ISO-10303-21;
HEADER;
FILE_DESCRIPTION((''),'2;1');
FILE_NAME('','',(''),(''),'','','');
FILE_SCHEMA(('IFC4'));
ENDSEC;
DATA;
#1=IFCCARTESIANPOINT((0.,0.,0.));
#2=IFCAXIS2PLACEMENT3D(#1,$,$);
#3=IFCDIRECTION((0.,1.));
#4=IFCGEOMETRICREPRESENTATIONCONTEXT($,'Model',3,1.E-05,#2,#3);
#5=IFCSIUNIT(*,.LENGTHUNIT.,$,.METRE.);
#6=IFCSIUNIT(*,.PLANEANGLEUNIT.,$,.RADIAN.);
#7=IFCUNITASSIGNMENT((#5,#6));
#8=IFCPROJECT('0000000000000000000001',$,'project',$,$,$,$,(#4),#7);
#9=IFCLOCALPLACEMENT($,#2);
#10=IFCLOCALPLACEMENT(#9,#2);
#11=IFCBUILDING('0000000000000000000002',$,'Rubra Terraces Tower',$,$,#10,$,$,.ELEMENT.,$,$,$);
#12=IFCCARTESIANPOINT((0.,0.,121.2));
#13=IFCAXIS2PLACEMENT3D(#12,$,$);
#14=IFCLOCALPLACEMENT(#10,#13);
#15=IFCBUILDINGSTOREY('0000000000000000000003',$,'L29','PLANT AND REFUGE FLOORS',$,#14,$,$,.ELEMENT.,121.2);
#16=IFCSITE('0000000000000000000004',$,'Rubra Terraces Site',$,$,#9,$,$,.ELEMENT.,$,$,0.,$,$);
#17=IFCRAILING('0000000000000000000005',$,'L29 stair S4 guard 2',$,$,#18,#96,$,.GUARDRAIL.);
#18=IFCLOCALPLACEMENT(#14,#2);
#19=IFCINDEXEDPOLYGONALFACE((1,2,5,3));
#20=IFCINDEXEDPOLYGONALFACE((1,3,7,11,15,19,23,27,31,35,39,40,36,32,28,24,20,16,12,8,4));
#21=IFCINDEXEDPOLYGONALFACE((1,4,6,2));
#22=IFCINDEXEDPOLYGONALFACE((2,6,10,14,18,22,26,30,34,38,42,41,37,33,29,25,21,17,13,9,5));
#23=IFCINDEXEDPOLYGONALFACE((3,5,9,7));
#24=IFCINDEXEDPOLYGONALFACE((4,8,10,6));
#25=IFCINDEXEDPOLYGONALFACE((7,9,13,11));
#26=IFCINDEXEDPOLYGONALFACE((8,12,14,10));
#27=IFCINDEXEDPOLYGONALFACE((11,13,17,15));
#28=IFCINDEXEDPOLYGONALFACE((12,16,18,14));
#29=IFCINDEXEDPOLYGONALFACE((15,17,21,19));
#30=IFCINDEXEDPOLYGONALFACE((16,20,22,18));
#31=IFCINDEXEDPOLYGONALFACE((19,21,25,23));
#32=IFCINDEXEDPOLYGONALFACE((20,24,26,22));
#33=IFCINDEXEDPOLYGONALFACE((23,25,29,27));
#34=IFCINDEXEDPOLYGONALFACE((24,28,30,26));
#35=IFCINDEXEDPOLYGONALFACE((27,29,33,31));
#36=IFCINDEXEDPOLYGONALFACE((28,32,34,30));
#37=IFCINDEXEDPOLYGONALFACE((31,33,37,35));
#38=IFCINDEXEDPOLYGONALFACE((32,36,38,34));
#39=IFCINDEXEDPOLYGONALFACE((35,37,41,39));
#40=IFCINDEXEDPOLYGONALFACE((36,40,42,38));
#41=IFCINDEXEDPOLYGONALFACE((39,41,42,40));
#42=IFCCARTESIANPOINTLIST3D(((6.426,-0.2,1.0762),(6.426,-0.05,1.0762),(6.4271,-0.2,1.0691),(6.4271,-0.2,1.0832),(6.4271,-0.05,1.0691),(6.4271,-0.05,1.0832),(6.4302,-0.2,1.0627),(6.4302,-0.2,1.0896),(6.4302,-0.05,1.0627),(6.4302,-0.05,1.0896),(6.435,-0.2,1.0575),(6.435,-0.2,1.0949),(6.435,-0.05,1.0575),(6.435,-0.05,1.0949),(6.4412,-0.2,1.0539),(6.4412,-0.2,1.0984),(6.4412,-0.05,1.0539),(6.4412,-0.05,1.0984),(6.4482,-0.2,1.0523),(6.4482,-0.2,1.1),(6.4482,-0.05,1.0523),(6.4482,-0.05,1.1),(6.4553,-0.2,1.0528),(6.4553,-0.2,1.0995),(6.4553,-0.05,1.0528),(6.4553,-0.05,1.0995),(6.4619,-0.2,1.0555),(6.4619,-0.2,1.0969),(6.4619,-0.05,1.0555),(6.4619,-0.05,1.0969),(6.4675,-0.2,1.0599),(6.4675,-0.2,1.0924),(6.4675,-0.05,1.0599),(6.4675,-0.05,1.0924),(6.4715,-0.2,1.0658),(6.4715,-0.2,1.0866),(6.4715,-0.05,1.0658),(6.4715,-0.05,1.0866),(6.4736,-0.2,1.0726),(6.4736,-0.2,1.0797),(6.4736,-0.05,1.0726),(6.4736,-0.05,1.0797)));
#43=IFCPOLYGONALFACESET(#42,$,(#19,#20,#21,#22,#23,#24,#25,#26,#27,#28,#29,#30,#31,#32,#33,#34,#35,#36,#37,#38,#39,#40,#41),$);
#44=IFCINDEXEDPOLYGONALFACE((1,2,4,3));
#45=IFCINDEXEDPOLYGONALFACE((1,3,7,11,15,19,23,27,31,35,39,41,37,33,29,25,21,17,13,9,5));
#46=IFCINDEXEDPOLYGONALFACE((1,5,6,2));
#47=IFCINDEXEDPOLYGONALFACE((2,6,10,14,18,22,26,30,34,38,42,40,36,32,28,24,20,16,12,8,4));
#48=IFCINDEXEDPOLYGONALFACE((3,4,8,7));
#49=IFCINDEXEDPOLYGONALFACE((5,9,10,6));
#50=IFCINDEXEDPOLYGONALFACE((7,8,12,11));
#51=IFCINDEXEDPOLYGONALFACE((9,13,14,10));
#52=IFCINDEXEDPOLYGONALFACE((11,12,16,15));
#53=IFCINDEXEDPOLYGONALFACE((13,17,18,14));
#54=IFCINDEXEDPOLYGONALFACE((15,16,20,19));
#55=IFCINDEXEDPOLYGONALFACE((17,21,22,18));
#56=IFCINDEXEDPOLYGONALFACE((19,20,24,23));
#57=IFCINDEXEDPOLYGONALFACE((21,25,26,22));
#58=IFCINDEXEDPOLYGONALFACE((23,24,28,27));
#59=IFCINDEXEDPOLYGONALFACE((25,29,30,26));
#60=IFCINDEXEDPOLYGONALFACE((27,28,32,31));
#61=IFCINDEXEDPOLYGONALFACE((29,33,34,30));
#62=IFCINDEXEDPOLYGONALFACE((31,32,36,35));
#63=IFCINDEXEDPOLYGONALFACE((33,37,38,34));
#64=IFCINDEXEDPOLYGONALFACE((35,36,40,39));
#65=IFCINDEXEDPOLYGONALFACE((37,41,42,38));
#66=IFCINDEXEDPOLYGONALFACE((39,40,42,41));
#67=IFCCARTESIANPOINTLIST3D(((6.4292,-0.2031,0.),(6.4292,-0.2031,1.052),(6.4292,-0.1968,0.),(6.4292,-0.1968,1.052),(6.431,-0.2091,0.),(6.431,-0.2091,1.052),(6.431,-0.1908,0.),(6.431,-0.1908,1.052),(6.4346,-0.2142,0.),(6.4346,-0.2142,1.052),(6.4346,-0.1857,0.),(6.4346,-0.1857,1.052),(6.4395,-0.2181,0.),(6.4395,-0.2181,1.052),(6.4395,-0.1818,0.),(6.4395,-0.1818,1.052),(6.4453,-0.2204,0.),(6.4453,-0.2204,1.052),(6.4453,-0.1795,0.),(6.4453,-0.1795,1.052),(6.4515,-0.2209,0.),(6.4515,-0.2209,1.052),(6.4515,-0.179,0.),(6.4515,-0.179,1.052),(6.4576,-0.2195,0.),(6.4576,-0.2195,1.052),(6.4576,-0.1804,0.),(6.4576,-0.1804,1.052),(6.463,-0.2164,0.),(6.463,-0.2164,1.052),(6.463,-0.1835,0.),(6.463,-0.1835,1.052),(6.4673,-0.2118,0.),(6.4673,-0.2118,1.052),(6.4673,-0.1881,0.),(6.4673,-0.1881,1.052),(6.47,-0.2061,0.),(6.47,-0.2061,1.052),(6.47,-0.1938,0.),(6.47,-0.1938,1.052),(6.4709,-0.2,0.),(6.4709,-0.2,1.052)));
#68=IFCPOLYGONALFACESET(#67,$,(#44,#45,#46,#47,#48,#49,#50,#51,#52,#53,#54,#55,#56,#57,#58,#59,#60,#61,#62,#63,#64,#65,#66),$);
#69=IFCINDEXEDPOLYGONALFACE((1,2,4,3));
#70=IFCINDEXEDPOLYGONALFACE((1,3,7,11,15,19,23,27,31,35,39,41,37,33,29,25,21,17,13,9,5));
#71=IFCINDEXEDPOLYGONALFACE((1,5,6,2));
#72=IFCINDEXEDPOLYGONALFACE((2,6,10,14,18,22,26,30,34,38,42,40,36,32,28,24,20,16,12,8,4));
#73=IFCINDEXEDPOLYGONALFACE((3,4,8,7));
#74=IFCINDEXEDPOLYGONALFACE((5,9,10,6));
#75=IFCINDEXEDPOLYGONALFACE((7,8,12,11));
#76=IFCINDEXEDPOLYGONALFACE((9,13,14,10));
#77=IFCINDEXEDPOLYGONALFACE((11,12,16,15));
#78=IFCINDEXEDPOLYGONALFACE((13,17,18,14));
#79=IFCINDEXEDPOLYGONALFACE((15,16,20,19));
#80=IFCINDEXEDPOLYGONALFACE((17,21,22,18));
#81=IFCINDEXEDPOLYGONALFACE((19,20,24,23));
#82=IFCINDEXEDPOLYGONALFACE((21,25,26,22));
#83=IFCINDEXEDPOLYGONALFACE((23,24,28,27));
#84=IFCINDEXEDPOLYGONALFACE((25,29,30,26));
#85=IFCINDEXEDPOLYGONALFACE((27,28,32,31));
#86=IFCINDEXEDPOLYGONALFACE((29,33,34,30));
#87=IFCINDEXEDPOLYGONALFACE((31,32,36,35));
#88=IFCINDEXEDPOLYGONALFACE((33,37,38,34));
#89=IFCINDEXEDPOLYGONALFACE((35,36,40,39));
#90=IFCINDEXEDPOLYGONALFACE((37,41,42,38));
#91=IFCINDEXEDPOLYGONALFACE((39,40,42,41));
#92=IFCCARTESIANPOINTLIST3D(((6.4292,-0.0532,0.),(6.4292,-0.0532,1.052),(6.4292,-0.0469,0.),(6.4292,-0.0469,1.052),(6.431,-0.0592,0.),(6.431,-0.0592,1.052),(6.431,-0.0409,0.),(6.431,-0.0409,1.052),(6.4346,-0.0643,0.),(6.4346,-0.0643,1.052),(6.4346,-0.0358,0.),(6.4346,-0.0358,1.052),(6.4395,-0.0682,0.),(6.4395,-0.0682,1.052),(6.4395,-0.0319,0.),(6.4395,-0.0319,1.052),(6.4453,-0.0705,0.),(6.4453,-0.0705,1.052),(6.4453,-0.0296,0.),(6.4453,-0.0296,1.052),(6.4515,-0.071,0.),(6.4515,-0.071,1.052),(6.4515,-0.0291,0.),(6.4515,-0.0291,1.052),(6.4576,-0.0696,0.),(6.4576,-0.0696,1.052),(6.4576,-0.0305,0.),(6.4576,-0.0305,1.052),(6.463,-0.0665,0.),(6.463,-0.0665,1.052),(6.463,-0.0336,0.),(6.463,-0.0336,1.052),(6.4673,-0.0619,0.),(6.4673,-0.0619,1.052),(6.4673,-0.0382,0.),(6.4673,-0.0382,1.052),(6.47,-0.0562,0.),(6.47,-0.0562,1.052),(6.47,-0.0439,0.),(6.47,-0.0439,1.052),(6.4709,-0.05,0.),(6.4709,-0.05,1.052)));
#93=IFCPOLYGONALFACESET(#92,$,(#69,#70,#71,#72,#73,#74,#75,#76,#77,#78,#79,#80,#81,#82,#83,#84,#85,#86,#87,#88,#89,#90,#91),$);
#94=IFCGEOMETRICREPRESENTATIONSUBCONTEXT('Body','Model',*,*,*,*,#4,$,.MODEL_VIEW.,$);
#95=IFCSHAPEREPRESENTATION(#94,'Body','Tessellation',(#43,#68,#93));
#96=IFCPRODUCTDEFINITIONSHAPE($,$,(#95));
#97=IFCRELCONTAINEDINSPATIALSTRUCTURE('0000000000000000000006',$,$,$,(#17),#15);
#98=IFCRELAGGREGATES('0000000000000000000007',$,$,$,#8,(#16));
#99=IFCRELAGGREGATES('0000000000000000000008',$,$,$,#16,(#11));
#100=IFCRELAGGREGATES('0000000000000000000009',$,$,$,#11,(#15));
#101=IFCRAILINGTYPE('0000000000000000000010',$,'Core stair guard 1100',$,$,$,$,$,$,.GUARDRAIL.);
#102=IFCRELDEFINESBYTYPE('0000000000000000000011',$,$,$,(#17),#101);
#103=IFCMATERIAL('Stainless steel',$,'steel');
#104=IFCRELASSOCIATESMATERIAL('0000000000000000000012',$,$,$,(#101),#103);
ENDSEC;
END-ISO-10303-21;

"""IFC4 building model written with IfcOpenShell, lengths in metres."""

from ifc_helpers import new_model, si_unit, direction, frame, origin, origin_2d, place, context, subcontext, project, spatial, circle, extrude, material, type_object, element, save


model = new_model("IFC4")

# Units and contexts
model_context = context("Model", 3, precision=1e-05, world=origin(), true_north=direction((0.0, 1.0)))
body_context = subcontext(model_context, "Body", "Model", "MODEL_VIEW")
ifc_project = project(units=[si_unit("LENGTHUNIT", "METRE"), si_unit("PLANEANGLEUNIT", "RADIAN")], contexts=[model_context])

# Site, building, storey
site_placement = place(None, origin())
site = spatial("IfcSite", under=ifc_project, at=site_placement, Name="Rubra Terraces Site", CompositionType="ELEMENT", RefElevation=0.0)
building_placement = place(site_placement, origin())
building = spatial("IfcBuilding", under=site, at=building_placement, Name="Rubra Terraces Tower", CompositionType="ELEMENT")
storey_placement = place(building_placement, frame((0.0, 0.0, 121.2)))
storey = spatial("IfcBuildingStorey", under=building, at=storey_placement, Name="L29", Description="PLANT AND REFUGE FLOORS", CompositionType="ELEMENT", Elevation=121.2)

# Shared definitions
ifc_material_1 = material(Name="Stainless steel", Category="steel")

# Railing
railing_type_1 = type_object("IfcRailingType", Name="Core stair guard 1100", PredefinedType="GUARDRAIL", material=ifc_material_1)
for number, where, name in (
    (1, (6.45, -0.2, 0.0), "L29 stair S4 guard 2"),
):
    element("IfcRailing", number, at=place(storey_placement, frame(where)), inside=storey, type_object=railing_type_1, Name=name, PredefinedType="GUARDRAIL", context=body_context, shape_type="SweptSolid", body=[
        extrude(circle(Radius=0.0239, at=origin_2d()), frame((0.0, 0.0, 1.0762), z_axis=(0.0, 1.0, 0.0), x_axis=(-1.0, 0.0, 0.0)), (0.0, 0.0, 1.0), 0.1499),
        extrude(circle(Radius=0.021, at=origin_2d()), origin(), (0.0, 0.0, 1.0), 1.052),
        extrude(circle(Radius=0.021, at=origin_2d()), frame((0.0, 0.1499, 0.0)), (0.0, 0.0, 1.0), 1.052),
    ])

save(model, "model.ifc")
